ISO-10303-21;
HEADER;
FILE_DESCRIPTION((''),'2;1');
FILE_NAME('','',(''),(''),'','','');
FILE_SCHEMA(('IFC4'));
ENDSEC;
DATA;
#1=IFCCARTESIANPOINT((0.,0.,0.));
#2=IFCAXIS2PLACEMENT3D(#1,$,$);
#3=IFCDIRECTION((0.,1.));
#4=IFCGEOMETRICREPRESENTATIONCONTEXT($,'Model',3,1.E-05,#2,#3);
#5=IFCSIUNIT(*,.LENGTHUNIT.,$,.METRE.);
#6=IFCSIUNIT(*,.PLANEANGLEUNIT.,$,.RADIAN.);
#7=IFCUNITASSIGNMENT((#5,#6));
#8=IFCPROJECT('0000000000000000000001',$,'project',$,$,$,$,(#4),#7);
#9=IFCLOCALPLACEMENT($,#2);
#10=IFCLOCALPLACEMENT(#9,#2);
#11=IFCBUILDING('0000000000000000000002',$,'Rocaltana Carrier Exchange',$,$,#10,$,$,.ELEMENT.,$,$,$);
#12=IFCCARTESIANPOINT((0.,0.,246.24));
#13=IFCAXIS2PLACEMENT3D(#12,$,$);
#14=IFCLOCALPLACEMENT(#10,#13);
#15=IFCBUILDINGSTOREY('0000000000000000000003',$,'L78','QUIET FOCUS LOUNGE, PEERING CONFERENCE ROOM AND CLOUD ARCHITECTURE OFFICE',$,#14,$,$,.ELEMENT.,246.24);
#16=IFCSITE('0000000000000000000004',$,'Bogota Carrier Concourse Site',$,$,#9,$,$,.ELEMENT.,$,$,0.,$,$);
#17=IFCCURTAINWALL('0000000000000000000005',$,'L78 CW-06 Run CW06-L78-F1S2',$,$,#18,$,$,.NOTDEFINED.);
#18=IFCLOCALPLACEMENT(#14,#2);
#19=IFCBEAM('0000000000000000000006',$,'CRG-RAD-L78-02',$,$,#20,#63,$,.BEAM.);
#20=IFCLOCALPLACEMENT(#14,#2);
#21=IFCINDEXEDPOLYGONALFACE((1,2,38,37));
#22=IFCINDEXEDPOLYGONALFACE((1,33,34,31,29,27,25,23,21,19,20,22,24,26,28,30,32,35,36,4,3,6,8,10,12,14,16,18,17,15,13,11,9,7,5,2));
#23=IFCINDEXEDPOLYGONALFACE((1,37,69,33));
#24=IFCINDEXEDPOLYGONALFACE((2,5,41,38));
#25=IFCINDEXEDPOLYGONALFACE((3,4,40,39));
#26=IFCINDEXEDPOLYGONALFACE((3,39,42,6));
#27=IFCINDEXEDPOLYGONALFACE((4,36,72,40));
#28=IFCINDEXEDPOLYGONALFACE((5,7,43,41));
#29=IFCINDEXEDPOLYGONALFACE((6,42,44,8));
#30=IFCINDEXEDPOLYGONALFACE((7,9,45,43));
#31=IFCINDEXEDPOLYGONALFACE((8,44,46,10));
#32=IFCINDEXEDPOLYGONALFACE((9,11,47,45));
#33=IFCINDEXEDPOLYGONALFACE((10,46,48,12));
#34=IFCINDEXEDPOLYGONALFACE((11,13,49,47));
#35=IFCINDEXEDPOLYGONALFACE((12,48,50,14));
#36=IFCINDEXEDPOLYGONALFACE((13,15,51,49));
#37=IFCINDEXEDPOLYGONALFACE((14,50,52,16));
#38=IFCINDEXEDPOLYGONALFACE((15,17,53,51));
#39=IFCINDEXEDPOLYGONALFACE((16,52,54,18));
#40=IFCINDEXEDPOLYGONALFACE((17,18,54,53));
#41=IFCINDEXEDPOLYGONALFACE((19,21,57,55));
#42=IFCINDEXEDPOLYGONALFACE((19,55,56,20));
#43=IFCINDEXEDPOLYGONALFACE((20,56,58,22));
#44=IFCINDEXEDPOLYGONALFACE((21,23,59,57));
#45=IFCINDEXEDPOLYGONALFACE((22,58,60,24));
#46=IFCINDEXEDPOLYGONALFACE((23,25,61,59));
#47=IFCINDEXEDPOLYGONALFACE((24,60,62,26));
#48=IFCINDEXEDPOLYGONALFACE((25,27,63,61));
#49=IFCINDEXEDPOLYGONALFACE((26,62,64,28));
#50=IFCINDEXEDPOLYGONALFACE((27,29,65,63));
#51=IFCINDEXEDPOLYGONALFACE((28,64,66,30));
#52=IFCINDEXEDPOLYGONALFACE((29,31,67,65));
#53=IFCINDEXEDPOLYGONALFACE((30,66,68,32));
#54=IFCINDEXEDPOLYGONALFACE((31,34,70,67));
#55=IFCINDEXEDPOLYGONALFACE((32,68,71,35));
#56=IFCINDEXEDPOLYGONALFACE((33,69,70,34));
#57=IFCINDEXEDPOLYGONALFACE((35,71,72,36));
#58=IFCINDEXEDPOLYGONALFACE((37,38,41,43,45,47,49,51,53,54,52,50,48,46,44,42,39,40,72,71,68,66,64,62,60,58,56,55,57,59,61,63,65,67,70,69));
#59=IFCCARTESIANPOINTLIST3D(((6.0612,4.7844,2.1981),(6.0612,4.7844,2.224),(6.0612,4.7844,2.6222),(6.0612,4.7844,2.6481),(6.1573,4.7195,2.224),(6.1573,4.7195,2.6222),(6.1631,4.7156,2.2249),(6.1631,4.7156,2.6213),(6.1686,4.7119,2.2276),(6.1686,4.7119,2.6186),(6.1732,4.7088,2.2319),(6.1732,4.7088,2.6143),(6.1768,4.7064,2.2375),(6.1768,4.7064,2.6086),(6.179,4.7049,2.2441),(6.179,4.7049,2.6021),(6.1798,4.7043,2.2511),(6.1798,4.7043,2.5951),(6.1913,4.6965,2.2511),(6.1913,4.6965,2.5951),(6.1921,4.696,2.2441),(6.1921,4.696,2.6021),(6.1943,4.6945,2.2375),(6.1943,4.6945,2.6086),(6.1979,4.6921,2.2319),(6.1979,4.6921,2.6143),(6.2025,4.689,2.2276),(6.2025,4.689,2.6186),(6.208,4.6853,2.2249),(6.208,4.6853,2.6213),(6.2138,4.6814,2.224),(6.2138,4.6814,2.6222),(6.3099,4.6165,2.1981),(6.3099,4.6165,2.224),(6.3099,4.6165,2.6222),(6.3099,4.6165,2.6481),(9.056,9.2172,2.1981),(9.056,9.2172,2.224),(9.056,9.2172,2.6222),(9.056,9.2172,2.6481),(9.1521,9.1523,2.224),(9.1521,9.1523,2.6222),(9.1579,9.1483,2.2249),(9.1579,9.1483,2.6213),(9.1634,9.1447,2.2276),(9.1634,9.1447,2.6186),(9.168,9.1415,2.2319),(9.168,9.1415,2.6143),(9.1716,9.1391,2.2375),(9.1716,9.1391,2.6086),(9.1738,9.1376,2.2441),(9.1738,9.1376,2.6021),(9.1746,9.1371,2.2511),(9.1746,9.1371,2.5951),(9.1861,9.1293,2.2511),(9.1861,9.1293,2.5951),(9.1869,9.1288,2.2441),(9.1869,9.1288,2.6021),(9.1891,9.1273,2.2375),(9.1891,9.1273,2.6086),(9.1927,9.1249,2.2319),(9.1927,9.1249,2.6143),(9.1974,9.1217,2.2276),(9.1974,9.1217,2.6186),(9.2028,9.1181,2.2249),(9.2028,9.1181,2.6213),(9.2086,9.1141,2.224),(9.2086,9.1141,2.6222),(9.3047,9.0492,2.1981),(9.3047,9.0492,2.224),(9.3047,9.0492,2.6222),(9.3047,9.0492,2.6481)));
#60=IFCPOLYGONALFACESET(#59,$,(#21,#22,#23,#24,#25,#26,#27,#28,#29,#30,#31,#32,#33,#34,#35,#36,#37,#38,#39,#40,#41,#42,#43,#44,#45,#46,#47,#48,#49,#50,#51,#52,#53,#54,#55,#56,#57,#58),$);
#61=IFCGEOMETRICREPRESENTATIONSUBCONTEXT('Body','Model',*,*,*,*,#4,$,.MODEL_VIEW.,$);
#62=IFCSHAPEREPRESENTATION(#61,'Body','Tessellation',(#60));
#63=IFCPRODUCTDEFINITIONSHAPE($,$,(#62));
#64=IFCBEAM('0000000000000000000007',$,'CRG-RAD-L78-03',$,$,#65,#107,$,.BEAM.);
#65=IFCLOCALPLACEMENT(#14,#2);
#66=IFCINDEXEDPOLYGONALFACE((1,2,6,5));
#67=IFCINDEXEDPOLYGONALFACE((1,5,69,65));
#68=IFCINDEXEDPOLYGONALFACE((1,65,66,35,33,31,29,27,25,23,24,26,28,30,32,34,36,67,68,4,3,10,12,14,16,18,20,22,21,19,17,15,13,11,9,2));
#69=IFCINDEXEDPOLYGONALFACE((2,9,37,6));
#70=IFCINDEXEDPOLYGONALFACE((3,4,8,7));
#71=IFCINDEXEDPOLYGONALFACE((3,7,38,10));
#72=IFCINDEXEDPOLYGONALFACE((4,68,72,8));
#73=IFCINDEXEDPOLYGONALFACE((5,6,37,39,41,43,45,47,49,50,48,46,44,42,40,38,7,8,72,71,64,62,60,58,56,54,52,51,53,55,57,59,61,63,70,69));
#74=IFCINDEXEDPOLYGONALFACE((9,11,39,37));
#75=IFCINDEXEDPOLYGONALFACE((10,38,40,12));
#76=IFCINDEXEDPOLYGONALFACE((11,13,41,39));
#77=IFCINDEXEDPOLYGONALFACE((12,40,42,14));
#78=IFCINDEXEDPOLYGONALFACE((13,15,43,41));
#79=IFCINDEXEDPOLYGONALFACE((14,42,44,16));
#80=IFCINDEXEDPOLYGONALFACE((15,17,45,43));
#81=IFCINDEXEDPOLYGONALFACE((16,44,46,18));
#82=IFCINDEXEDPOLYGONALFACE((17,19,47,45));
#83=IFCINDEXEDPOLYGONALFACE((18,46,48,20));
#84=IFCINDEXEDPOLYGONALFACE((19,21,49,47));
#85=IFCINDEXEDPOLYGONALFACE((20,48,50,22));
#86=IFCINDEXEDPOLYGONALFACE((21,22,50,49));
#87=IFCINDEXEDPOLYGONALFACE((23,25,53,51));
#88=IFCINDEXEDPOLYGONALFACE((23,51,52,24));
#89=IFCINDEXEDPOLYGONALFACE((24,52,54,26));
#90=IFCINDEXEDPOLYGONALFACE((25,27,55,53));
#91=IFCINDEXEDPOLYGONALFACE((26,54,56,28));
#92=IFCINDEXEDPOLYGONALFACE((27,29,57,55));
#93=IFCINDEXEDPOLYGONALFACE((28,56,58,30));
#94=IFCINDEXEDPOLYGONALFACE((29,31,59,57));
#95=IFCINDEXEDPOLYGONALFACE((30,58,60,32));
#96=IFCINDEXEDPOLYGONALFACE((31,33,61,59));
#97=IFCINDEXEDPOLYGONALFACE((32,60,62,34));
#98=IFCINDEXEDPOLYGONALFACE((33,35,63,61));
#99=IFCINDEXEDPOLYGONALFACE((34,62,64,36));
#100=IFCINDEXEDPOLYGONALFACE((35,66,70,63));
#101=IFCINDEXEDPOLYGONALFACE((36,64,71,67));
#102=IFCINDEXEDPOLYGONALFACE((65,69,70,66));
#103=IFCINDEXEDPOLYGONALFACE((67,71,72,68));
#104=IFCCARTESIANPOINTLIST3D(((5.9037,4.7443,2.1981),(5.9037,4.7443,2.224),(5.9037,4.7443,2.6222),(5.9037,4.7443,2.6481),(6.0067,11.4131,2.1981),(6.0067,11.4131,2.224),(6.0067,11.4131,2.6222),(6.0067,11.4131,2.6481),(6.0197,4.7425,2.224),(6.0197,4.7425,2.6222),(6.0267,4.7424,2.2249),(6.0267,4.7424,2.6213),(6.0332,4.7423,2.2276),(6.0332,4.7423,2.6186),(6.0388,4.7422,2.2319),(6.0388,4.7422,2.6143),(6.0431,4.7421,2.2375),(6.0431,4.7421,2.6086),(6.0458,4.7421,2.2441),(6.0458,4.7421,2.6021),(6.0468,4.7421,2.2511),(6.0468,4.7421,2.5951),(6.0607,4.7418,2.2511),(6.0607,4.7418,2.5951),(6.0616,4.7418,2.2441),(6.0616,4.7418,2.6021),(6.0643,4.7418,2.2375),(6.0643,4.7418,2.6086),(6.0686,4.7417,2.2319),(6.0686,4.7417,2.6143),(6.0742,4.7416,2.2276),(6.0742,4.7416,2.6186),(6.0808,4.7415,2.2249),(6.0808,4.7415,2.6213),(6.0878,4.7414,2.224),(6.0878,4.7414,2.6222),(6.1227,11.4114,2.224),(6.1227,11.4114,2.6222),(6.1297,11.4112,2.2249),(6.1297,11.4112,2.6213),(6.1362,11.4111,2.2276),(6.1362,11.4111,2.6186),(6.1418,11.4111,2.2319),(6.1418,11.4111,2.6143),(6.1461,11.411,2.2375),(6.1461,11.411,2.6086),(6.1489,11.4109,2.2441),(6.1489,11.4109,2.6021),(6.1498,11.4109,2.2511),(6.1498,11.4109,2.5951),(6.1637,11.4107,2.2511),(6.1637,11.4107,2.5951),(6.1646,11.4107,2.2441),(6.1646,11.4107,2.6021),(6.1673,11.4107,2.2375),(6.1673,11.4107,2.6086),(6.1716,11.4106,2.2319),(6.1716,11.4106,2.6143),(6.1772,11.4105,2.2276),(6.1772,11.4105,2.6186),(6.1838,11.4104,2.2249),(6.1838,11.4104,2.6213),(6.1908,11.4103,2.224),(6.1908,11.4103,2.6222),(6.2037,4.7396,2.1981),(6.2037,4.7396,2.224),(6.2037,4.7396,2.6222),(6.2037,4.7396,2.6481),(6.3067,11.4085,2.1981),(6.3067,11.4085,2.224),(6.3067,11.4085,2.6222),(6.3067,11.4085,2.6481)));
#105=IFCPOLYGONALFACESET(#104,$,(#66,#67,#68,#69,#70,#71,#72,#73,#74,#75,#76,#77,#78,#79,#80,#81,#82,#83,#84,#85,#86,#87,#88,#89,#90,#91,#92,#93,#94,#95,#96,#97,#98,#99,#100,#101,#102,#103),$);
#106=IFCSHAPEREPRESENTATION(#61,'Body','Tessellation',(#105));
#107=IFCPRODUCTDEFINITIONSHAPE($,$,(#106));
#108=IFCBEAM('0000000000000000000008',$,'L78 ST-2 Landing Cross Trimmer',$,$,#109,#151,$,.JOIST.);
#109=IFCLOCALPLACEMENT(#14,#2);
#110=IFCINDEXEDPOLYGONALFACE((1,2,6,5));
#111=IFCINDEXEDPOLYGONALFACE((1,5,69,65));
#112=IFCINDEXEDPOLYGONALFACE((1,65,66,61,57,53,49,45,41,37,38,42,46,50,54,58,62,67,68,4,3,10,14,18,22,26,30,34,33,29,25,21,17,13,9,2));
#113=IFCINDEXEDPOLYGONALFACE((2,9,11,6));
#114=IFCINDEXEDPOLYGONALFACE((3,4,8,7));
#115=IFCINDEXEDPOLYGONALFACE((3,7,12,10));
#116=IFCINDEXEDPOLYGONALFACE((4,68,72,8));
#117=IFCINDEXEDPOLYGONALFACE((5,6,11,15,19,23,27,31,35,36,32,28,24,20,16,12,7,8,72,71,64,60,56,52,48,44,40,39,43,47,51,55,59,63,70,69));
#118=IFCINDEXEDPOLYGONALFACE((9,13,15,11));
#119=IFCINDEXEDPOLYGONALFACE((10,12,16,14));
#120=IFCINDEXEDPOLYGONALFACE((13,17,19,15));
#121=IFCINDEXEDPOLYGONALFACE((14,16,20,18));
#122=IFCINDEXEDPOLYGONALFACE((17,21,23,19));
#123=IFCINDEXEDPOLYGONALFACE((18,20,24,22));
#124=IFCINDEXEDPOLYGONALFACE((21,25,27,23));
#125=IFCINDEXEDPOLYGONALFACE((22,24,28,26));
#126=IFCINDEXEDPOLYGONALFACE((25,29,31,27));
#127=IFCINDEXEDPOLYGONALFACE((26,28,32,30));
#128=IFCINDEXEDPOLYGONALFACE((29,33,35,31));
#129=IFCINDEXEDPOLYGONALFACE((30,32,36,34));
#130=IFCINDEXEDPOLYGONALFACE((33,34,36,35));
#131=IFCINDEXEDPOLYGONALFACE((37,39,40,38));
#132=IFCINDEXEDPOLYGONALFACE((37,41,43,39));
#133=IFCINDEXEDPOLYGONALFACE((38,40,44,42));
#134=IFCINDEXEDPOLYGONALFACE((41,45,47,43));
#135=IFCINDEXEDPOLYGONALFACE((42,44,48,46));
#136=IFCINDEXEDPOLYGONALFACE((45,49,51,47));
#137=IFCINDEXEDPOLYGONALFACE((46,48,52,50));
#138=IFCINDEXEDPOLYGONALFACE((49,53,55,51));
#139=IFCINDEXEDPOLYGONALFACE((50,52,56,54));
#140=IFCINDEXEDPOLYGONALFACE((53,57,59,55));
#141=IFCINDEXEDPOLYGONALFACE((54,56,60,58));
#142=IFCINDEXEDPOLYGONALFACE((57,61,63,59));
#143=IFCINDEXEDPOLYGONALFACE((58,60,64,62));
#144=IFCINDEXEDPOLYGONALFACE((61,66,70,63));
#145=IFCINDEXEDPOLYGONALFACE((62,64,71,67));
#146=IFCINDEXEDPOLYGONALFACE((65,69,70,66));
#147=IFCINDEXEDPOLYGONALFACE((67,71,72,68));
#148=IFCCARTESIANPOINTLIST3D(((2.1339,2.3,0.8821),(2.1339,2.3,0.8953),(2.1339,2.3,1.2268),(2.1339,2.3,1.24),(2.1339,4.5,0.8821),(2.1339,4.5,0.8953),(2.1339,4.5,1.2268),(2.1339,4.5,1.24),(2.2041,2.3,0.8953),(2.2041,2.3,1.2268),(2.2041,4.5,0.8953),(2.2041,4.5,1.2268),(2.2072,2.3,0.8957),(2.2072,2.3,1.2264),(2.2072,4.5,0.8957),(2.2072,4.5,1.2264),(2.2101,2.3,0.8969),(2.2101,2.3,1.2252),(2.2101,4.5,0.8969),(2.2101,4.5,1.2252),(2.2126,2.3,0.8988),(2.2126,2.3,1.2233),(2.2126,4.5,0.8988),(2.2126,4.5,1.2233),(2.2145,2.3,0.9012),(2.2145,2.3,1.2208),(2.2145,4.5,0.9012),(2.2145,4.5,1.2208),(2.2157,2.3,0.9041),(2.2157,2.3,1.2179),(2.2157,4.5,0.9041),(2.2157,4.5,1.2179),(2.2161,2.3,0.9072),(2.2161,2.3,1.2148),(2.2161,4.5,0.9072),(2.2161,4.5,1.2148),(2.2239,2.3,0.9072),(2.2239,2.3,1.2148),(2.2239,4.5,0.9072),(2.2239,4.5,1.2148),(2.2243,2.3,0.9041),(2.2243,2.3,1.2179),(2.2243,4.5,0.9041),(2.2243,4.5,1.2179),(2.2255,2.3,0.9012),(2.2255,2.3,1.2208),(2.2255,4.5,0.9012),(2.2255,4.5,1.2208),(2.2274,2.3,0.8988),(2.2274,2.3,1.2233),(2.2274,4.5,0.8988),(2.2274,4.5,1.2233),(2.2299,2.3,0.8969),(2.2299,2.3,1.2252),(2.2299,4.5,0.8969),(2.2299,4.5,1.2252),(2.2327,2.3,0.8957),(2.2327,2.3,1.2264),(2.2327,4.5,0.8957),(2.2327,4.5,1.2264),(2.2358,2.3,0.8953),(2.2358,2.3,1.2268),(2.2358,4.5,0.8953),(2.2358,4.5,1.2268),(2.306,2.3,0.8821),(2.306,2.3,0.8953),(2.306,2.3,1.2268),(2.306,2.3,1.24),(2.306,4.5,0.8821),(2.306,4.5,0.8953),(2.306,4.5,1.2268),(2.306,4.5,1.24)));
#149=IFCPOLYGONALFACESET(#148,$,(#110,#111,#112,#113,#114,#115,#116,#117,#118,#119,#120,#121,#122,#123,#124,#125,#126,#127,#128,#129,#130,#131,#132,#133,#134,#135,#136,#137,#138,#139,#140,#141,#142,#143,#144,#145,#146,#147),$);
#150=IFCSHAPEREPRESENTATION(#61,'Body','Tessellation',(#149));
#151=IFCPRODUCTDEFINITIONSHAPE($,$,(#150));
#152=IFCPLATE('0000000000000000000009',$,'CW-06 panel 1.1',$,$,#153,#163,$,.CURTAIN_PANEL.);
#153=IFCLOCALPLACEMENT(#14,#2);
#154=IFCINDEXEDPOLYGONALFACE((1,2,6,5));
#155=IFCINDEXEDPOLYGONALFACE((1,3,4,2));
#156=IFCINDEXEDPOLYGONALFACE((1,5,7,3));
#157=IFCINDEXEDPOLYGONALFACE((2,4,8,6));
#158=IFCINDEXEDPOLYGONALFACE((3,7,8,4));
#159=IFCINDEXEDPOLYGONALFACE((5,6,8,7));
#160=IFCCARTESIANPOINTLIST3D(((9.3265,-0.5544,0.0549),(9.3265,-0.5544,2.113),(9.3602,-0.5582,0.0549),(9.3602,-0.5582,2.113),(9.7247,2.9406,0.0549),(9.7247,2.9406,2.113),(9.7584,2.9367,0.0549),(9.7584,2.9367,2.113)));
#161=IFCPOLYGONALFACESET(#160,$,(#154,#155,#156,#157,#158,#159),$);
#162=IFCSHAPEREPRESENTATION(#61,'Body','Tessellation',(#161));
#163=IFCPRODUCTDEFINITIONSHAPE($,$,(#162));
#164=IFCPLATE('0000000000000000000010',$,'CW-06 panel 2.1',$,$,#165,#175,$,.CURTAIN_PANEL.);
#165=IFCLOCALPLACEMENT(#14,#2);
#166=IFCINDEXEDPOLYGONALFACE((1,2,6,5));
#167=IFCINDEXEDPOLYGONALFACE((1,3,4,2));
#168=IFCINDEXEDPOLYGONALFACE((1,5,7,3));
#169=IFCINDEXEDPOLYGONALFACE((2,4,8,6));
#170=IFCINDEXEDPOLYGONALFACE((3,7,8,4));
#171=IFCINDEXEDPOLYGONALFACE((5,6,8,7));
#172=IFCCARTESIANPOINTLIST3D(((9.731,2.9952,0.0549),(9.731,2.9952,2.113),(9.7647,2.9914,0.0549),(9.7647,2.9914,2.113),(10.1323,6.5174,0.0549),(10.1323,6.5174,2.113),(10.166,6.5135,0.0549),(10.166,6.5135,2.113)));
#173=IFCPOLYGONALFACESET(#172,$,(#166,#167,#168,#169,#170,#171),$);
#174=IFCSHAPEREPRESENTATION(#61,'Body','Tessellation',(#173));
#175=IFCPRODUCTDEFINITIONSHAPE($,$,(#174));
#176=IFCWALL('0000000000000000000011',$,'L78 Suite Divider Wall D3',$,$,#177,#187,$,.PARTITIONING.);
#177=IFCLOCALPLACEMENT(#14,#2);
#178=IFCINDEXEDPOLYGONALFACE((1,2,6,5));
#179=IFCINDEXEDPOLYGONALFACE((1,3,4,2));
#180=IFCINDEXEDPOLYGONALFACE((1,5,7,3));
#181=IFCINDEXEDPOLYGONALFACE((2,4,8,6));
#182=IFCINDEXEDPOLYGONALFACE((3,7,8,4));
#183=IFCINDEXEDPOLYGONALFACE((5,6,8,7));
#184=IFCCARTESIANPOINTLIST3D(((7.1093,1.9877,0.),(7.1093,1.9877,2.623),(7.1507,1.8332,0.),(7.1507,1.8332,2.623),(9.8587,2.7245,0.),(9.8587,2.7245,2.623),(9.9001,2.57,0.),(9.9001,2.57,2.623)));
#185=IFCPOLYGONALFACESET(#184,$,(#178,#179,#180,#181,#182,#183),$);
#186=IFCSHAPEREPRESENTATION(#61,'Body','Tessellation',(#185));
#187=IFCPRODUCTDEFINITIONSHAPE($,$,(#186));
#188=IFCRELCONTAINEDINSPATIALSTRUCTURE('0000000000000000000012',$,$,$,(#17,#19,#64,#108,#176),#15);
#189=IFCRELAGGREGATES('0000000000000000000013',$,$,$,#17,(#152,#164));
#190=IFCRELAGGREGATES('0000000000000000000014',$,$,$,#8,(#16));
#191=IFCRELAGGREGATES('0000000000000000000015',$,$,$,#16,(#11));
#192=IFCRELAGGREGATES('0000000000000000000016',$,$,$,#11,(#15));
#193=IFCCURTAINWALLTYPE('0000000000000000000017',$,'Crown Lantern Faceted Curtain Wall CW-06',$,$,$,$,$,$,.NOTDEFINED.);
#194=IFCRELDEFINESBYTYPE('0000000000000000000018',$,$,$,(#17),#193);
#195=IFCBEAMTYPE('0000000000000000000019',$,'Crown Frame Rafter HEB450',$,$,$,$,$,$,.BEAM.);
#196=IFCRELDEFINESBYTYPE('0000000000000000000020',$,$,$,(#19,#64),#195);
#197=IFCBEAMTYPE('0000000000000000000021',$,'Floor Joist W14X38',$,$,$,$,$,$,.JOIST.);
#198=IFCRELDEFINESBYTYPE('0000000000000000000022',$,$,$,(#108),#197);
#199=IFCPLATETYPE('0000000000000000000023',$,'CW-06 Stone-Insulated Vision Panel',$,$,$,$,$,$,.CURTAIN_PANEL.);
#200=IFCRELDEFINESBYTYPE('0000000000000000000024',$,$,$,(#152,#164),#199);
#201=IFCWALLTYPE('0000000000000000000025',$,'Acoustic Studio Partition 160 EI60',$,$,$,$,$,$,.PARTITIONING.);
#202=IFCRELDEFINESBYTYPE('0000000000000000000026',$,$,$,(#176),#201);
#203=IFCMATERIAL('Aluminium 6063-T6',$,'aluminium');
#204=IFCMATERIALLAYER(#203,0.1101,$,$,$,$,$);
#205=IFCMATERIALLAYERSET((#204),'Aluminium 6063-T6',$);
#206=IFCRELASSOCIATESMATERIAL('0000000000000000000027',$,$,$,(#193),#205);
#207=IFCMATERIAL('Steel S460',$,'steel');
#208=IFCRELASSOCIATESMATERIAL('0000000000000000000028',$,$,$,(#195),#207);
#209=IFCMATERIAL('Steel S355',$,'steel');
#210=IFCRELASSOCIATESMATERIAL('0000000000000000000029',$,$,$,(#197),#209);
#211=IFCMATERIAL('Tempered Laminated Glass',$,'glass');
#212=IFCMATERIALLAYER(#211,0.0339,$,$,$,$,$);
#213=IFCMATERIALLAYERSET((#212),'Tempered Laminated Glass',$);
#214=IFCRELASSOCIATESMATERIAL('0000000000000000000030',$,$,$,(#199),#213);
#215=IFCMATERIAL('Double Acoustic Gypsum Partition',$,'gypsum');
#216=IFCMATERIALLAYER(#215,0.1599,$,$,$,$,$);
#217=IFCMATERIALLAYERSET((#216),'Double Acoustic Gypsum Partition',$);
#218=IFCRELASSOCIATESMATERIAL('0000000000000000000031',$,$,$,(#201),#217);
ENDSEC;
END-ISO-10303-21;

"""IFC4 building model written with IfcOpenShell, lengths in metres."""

from ifc_helpers import new_model, si_unit, direction, frame, frame_2d, origin, origin_2d, place, context, subcontext, project, spatial, rectangle, i_section, extrude, material, layer, layer_set, material_profile, profile_set, type_object, element, aggregate, save


model = new_model("IFC4")

# Units and contexts
model_context = context("Model", 3, precision=1e-05, world=origin(), true_north=direction((0.0, 1.0)))
body_context = subcontext(model_context, "Body", "Model", "MODEL_VIEW")
ifc_project = project(units=[si_unit("LENGTHUNIT", "METRE"), si_unit("PLANEANGLEUNIT", "RADIAN")], contexts=[model_context])

# Site, building, storey
site_placement = place(None, origin())
site = spatial("IfcSite", under=ifc_project, at=site_placement, Name="Bogota Carrier Concourse Site", CompositionType="ELEMENT", RefElevation=0.0)
building_placement = place(site_placement, origin())
building = spatial("IfcBuilding", under=site, at=building_placement, Name="Rocaltana Carrier Exchange", CompositionType="ELEMENT")
storey_placement = place(building_placement, frame((0.0, 0.0, 246.24)))
storey = spatial("IfcBuildingStorey", under=building, at=storey_placement, Name="L78", Description="QUIET FOCUS LOUNGE, PEERING CONFERENCE ROOM AND CLOUD ARCHITECTURE OFFICE", CompositionType="ELEMENT", Elevation=246.24)

# Curtain wall
ifc_material_1 = material(Name="Aluminium 6063-T6", Category="aluminium")
ifc_layer_1 = layer(ifc_material_1, 0.1101)
ifc_layer_set_1 = layer_set([ifc_layer_1], Name="Aluminium 6063-T6")
curtain_wall_type = type_object("IfcCurtainWallType", Name="Crown Lantern Faceted Curtain Wall CW-06", PredefinedType="NOTDEFINED", material=ifc_layer_set_1)
curtain_wall_placement = place(storey_placement, origin())
curtain_wall = element("IfcCurtainWall", 1, at=curtain_wall_placement, inside=storey, type_object=curtain_wall_type, Name="L78 CW-06 Run CW06-L78-F1S2", PredefinedType="NOTDEFINED")

# Beams
ifc_material_2 = material(Name="Steel S460", Category="steel")
ifc_material_profile_1 = material_profile(ifc_material_2, i_section(OverallWidth=0.3, OverallDepth=0.45, WebThickness=0.0139, FlangeThickness=0.0259, FilletRadius=0.0271, at=origin_2d()), Name="HEB450")
ifc_profile_set_1 = profile_set([ifc_material_profile_1], Name="Steel S460")
beam_type_1 = type_object("IfcBeamType", Name="Crown Frame Rafter HEB450", PredefinedType="BEAM", material=ifc_profile_set_1)
beam_1_placement = place(storey_placement, frame((6.1855, 4.7004, 2.4231), z_axis=(0.559818, 0.828615, 0.0), x_axis=(-0.828615, 0.559818, 0.0)))
element("IfcBeam", 2, at=beam_1_placement, inside=storey, type_object=beam_type_1, Name="CRG-RAD-L78-02", PredefinedType="BEAM", context=body_context, shape_type="SweptSolid", body=[
    extrude(i_section(OverallWidth=0.3, OverallDepth=0.45, WebThickness=0.0139, FlangeThickness=0.0259, FilletRadius=0.0271, at=origin_2d()), origin(), (0.0, 0.0, 1.0), 5.3496),
])
beam_2_placement = place(storey_placement, frame((6.0537, 4.7419, 2.4231), z_axis=(0.015447, 0.999881, 0.0), x_axis=(-0.999881, 0.015447, 0.0)))
element("IfcBeam", 3, at=beam_2_placement, inside=storey, type_object=beam_type_1, Name="CRG-RAD-L78-03", PredefinedType="BEAM", context=body_context, shape_type="SweptSolid", body=[
    extrude(i_section(OverallWidth=0.3, OverallDepth=0.45, WebThickness=0.0139, FlangeThickness=0.0259, FilletRadius=0.0271, at=origin_2d()), origin(), (0.0, 0.0, 1.0), 6.6697),
])
ifc_material_3 = material(Name="Steel S355", Category="steel")
ifc_material_profile_2 = material_profile(ifc_material_3, i_section(OverallWidth=0.1721, OverallDepth=0.3579, WebThickness=0.0078, FlangeThickness=0.0132, FilletRadius=0.012, at=origin_2d()), Name="W14X38")
ifc_profile_set_2 = profile_set([ifc_material_profile_2], Name="Steel S355")
beam_type_2 = type_object("IfcBeamType", Name="Floor Joist W14X38", PredefinedType="JOIST", material=ifc_profile_set_2)
beam_3_placement = place(storey_placement, frame((2.22, 2.3, 1.061), z_axis=(0.0, 1.0, 0.0), x_axis=(-1.0, 0.0, 0.0)))
element("IfcBeam", 4, at=beam_3_placement, inside=storey, type_object=beam_type_2, Name="L78 ST-2 Landing Cross Trimmer", PredefinedType="JOIST", context=body_context, shape_type="SweptSolid", body=[
    extrude(i_section(OverallWidth=0.1721, OverallDepth=0.3579, WebThickness=0.0078, FlangeThickness=0.0132, FilletRadius=0.012, at=origin_2d()), origin(), (0.0, 0.0, 1.0), 2.2),
])

# Plates
ifc_material_4 = material(Name="Tempered Laminated Glass", Category="glass")
ifc_layer_2 = layer(ifc_material_4, 0.0339)
ifc_layer_set_2 = layer_set([ifc_layer_2], Name="Tempered Laminated Glass")
plate_type = type_object("IfcPlateType", Name="CW-06 Stone-Insulated Vision Panel", PredefinedType="CURTAIN_PANEL", material=ifc_layer_set_2)
plate_1_placement = place(storey_placement, frame((9.5425, 1.1912, 0.0549), z_axis=(0.0, 0.0, 1.0), x_axis=(0.113209, 0.993571, 0.0)))
plate_1 = element("IfcPlate", 5, at=plate_1_placement, type_object=plate_type, Name="CW-06 panel 1.1", PredefinedType="CURTAIN_PANEL", context=body_context, shape_type="SweptSolid", body=[
    extrude(rectangle(XDim=3.5176, YDim=0.0339, at=origin_2d()), origin(), (0.0, 0.0, 1.0), 2.0581),
])
plate_2_placement = place(storey_placement, frame((9.9485, 4.7544, 0.0549), z_axis=(0.0, 0.0, 1.0), x_axis=(0.113209, 0.993571, 0.0)))
plate_2 = element("IfcPlate", 6, at=plate_2_placement, type_object=plate_type, Name="CW-06 panel 2.1", PredefinedType="CURTAIN_PANEL", context=body_context, shape_type="SweptSolid", body=[
    extrude(rectangle(XDim=3.5449, YDim=0.0339, at=origin_2d()), origin(), (0.0, 0.0, 1.0), 2.0581),
])
aggregate(curtain_wall, [plate_1, plate_2])

# Wall
ifc_material_5 = material(Name="Double Acoustic Gypsum Partition", Category="gypsum")
ifc_layer_3 = layer(ifc_material_5, 0.1599)
ifc_layer_set_3 = layer_set([ifc_layer_3], Name="Double Acoustic Gypsum Partition")
wall_type_1 = type_object("IfcWallType", Name="Acoustic Studio Partition 160 EI60", PredefinedType="PARTITIONING", material=ifc_layer_set_3)
wall_1_placement = place(storey_placement, frame((7.1299, 1.9104, 0.0), z_axis=(0.0, 0.0, 1.0), x_axis=(0.965918, 0.258848, 0.0)))
element("IfcWall", 7, at=wall_1_placement, inside=storey, type_object=wall_type_1, Name="L78 Suite Divider Wall D3", PredefinedType="PARTITIONING", context=body_context, shape_type="SweptSolid", body=[
    extrude(rectangle(XDim=2.8464, YDim=0.1599, at=frame_2d((1.4233, 0.0))), origin(), (0.0, 0.0, 1.0), 2.623),
])

save(model, "model.ifc")
